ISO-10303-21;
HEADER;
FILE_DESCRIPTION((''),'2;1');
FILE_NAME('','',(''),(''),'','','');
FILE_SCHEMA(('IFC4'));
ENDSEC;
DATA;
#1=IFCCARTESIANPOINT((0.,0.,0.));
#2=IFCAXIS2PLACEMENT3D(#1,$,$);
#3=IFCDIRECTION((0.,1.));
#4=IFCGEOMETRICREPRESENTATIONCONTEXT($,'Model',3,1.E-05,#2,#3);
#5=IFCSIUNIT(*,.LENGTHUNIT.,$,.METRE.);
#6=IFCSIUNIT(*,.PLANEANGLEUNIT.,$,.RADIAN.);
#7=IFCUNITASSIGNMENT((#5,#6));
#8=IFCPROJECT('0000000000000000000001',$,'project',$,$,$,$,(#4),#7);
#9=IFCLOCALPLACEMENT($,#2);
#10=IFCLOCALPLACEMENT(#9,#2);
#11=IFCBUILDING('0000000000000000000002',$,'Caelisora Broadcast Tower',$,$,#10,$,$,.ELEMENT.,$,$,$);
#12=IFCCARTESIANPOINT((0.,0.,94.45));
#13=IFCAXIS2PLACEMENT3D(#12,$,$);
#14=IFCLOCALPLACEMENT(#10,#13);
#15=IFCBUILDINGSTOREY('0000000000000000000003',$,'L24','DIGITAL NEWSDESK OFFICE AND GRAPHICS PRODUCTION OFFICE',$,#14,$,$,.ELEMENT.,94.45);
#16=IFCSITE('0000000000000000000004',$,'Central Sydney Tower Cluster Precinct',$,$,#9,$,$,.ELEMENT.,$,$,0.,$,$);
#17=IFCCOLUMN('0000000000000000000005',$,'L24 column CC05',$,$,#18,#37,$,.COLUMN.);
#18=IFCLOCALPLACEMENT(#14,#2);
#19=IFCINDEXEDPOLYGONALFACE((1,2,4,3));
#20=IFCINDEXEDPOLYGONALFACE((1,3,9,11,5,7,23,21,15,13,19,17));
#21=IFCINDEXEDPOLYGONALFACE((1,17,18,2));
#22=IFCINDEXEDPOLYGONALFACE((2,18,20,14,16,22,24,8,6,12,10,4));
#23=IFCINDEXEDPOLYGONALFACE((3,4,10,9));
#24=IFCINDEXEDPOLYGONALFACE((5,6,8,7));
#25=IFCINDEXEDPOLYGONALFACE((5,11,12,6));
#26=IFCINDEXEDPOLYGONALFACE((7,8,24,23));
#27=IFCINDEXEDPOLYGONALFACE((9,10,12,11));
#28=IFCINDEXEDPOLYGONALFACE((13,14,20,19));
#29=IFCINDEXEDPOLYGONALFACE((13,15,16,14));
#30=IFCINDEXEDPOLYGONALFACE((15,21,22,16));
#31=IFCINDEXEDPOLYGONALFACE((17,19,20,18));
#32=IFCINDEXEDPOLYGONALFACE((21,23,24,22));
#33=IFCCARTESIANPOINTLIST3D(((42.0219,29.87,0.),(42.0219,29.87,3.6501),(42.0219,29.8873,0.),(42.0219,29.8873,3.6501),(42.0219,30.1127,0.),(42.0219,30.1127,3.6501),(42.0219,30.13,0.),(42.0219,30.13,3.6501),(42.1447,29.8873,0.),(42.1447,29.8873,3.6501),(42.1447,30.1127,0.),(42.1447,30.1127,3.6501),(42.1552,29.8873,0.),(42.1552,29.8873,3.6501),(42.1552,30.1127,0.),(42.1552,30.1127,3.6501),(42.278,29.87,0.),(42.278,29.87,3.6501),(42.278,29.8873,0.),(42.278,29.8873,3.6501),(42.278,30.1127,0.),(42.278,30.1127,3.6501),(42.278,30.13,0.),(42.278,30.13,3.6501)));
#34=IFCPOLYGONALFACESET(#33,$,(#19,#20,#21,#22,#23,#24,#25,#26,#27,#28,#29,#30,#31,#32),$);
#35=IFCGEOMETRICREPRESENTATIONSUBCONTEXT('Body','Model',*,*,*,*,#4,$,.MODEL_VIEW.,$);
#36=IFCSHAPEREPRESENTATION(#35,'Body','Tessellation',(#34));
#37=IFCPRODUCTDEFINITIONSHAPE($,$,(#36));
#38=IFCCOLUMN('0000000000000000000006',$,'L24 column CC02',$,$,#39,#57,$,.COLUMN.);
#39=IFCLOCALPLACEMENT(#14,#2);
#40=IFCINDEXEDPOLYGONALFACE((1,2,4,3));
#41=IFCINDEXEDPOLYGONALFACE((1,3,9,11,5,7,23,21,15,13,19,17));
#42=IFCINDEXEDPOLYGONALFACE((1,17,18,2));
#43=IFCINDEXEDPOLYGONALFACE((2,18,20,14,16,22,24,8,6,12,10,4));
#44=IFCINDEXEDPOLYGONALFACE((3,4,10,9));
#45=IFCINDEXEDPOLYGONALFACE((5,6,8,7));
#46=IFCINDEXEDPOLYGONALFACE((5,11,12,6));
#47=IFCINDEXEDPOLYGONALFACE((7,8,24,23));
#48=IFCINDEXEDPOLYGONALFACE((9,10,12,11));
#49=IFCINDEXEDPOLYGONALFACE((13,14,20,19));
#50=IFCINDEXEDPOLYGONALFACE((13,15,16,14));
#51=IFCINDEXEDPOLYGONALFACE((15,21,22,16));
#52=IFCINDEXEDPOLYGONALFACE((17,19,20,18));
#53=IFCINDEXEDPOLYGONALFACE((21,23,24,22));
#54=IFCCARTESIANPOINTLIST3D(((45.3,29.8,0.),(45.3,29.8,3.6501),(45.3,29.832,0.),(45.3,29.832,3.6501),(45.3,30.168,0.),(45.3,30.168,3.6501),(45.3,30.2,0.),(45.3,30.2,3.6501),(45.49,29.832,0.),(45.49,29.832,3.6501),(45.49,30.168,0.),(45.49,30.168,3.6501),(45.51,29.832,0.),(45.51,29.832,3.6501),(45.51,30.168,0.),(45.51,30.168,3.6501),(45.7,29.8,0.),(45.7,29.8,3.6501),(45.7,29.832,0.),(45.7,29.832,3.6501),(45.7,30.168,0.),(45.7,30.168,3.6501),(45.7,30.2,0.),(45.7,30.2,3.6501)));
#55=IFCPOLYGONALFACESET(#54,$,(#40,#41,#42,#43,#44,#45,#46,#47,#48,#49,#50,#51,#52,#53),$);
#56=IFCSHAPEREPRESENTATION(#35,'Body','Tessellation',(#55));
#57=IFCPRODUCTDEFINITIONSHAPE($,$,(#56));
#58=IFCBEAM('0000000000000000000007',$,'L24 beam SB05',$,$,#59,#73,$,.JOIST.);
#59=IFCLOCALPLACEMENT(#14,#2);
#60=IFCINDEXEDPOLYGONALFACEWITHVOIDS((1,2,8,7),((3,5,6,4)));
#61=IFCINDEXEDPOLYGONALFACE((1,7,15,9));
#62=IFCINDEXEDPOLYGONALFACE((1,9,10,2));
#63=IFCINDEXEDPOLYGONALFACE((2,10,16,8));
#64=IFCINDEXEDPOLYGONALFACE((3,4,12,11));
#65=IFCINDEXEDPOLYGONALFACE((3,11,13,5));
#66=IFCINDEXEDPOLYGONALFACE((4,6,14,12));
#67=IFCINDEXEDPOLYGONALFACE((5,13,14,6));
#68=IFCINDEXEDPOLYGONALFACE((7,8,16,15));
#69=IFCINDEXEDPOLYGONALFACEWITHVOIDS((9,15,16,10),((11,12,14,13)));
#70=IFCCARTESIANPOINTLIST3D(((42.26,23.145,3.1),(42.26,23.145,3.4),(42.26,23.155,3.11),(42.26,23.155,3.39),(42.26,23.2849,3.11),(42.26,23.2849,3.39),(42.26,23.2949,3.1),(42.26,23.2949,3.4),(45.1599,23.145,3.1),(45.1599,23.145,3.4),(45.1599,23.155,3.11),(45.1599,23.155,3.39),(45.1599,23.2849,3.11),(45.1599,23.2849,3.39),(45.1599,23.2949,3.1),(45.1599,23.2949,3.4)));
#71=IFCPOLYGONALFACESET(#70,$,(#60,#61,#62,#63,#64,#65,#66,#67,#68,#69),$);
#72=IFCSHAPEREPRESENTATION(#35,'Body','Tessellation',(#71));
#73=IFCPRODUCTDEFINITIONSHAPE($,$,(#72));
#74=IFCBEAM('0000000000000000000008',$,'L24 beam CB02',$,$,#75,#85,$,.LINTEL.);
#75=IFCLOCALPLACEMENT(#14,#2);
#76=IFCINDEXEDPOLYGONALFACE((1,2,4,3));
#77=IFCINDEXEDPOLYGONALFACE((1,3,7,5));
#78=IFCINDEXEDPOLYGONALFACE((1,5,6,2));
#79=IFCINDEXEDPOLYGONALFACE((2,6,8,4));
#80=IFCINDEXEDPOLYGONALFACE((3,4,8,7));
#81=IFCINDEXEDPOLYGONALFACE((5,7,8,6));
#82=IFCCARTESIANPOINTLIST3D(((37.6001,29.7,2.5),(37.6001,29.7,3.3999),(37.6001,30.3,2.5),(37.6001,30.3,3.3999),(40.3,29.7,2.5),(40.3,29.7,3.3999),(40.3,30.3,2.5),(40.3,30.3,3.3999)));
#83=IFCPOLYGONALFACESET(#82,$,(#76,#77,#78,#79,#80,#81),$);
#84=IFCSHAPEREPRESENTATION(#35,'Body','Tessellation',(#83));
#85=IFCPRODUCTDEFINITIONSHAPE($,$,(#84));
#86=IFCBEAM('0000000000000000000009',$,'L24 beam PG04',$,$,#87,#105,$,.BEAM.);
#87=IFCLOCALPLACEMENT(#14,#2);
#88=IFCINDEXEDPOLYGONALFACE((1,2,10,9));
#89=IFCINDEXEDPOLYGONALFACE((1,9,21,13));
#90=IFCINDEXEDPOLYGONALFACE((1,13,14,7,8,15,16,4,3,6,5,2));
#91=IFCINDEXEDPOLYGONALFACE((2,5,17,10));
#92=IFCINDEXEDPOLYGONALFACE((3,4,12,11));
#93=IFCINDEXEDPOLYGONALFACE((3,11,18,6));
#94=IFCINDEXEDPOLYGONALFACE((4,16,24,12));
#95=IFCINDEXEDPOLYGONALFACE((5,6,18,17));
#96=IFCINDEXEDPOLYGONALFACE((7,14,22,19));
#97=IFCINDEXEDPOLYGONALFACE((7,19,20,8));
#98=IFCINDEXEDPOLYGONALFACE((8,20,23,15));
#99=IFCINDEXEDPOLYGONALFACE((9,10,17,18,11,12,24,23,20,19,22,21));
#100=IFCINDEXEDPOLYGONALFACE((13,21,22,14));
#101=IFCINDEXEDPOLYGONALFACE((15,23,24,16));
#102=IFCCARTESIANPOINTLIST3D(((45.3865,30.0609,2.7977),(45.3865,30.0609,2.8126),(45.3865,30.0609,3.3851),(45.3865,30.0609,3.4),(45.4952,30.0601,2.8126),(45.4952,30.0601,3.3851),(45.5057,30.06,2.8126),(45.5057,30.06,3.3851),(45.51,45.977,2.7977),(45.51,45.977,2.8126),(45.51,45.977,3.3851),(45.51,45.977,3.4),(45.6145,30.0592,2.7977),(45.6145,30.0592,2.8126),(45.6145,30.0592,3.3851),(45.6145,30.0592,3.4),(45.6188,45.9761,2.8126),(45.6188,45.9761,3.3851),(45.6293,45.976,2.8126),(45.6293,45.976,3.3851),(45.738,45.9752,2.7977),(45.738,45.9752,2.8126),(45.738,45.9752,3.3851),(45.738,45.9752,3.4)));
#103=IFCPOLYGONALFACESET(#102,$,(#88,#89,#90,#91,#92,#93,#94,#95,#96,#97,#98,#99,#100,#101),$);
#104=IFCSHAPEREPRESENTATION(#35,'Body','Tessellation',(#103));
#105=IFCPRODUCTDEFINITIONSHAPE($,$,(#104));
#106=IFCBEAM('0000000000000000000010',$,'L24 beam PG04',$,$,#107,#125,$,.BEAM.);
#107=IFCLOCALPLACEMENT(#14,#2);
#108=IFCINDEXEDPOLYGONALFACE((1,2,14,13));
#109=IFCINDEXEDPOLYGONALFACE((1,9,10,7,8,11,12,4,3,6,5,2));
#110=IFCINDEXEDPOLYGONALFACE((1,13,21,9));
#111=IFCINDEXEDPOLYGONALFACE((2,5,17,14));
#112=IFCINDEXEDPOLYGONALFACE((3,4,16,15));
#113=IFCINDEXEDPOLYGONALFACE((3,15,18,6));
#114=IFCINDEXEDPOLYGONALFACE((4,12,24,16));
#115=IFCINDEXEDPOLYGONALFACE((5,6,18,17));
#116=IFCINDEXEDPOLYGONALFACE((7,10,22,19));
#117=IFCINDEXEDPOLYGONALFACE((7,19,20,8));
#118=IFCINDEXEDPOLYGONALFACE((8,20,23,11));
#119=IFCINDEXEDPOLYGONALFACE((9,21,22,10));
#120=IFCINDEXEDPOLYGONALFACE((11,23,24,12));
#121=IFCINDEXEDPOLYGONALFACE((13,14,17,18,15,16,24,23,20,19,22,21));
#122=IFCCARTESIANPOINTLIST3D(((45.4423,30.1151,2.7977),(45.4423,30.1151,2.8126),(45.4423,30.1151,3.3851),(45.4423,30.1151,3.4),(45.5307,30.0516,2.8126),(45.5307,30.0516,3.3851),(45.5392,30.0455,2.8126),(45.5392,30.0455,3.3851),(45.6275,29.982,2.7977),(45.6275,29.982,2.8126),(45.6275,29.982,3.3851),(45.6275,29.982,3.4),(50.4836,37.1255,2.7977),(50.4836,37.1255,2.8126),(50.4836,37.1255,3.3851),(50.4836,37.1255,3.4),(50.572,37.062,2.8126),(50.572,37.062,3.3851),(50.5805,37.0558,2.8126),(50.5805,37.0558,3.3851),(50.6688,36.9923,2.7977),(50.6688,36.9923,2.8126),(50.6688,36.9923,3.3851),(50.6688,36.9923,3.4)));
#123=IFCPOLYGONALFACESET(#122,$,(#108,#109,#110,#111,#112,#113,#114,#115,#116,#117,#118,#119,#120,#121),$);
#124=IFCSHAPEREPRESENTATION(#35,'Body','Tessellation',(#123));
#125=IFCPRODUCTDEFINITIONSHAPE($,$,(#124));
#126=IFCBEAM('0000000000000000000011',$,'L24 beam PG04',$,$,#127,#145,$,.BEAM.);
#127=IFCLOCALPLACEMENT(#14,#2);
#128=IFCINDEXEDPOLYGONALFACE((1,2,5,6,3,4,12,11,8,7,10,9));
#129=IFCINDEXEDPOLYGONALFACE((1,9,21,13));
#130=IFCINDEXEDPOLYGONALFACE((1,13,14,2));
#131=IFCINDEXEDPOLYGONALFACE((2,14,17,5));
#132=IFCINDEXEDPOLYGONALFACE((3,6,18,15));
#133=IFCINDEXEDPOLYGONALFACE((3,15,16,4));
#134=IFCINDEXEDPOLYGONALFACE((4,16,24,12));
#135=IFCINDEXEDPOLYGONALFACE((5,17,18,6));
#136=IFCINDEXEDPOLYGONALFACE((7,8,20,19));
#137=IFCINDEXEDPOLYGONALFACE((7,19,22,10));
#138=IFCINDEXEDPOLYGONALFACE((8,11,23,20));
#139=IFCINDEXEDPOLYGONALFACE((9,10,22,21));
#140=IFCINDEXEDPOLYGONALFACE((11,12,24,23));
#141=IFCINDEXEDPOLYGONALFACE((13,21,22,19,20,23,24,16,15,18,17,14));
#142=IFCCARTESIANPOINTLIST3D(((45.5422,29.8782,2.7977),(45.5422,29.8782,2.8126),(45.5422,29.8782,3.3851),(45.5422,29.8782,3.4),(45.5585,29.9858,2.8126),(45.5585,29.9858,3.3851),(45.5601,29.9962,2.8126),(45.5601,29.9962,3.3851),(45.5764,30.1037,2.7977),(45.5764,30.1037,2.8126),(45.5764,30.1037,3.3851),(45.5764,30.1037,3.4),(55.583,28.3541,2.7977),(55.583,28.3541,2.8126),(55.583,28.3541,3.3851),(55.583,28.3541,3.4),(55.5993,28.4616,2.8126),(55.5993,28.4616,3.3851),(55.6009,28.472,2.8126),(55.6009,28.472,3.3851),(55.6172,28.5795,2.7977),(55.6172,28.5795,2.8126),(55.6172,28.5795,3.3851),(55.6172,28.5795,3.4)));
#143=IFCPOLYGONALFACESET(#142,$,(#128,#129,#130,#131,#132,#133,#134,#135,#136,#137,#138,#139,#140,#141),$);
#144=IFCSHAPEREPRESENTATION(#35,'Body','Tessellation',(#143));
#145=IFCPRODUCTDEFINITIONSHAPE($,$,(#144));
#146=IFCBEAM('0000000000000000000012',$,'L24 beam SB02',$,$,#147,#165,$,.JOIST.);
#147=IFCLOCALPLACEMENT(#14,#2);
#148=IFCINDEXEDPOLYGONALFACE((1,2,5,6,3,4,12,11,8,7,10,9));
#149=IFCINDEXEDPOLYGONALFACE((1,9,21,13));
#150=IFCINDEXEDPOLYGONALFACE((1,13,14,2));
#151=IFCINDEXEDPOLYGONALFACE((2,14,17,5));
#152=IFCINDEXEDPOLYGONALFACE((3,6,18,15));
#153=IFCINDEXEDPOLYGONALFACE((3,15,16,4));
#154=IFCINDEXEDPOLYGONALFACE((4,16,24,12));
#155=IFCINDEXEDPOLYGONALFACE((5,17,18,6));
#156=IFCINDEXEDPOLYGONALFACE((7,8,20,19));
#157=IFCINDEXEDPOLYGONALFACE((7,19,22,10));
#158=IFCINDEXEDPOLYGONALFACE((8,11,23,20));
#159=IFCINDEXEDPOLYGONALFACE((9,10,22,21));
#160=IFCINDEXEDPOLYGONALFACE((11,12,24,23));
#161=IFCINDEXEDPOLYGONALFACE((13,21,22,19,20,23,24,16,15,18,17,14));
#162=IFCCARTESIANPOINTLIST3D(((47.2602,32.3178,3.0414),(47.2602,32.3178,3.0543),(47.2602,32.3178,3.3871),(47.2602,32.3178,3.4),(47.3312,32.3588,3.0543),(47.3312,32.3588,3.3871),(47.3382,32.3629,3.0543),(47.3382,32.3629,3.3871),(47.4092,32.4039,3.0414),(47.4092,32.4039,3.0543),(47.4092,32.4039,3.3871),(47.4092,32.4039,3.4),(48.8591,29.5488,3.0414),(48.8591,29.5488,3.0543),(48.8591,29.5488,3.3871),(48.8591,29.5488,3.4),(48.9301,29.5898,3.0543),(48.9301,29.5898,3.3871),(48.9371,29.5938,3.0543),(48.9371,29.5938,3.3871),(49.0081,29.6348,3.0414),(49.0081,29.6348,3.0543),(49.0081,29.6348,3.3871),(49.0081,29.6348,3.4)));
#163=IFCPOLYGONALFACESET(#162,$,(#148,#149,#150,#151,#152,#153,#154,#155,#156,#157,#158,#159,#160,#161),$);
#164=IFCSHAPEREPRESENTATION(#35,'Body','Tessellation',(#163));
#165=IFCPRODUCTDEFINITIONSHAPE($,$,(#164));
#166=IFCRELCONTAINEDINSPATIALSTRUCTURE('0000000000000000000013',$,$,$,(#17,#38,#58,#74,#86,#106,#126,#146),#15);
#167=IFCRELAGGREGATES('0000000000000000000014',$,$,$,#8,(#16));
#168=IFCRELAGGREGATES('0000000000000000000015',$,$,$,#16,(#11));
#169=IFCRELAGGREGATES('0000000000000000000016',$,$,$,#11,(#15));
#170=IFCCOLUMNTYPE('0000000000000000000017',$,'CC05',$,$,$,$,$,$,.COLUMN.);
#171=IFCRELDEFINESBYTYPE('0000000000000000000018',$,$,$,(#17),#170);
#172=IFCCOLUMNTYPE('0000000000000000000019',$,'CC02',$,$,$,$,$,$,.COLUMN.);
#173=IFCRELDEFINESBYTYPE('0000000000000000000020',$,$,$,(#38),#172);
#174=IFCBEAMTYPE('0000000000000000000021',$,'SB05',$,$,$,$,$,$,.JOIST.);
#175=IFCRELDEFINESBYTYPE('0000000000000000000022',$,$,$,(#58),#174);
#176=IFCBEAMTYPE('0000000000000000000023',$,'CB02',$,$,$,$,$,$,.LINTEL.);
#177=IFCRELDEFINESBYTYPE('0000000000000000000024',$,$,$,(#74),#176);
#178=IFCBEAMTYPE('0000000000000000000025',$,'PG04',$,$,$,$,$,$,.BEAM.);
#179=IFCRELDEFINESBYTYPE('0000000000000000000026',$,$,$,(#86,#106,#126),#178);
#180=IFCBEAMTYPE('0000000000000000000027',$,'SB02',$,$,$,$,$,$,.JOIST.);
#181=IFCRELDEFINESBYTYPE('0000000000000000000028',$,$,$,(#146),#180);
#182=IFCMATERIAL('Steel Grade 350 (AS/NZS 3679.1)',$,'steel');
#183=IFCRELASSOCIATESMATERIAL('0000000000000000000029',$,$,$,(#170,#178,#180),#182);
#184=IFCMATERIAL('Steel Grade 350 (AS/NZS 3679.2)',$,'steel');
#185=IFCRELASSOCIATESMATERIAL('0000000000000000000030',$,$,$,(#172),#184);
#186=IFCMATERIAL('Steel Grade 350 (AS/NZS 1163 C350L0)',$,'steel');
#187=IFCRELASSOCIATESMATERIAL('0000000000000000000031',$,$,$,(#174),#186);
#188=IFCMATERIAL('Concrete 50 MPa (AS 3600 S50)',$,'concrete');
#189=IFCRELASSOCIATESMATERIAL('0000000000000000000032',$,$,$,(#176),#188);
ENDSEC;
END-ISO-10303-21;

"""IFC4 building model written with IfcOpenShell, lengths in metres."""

from ifc_helpers import new_model, si_unit, direction, frame, origin, origin_2d, place, context, subcontext, project, spatial, rectangle, hollow_rectangle, i_section, extrude, source, transform, mapped, material, material_profile, profile_set, type_object, type_shapes, element, save


model = new_model("IFC4")

# Units and contexts
model_context = context("Model", 3, precision=1e-05, world=origin(), true_north=direction((0.0, 1.0)))
body_context = subcontext(model_context, "Body", "Model", "MODEL_VIEW")
ifc_project = project(units=[si_unit("LENGTHUNIT", "METRE"), si_unit("PLANEANGLEUNIT", "RADIAN")], contexts=[model_context])

# Site, building, storey
site_placement = place(None, origin())
site = spatial("IfcSite", under=ifc_project, at=site_placement, Name="Central Sydney Tower Cluster Precinct", CompositionType="ELEMENT", RefElevation=0.0)
building_placement = place(site_placement, origin())
building = spatial("IfcBuilding", under=site, at=building_placement, Name="Caelisora Broadcast Tower", CompositionType="ELEMENT")
storey_placement = place(building_placement, frame((0.0, 0.0, 94.45)))
storey = spatial("IfcBuildingStorey", under=building, at=storey_placement, Name="L24", Description="DIGITAL NEWSDESK OFFICE AND GRAPHICS PRODUCTION OFFICE", CompositionType="ELEMENT", Elevation=94.45)

# Columns
ifc_material_1 = material(Name="Steel Grade 350 (AS/NZS 3679.1)", Category="steel")
ifc_material_profile_1 = material_profile(ifc_material_1, i_section(OverallWidth=0.2561, OverallDepth=0.26, WebThickness=0.0105, FlangeThickness=0.0173, at=origin_2d()), Name="Steel Grade 350 (AS/NZS 3679.1)")
ifc_profile_set_1 = profile_set([ifc_material_profile_1], Name="Steel Grade 350 (AS/NZS 3679.1)")
column_type_1 = type_object("IfcColumnType", Name="CC05", PredefinedType="COLUMN", material=ifc_profile_set_1)
shared_shape_1 = source(origin(), body_context, "Body", "SweptSolid", [
    extrude(i_section(OverallWidth=0.2561, OverallDepth=0.26, WebThickness=0.0105, FlangeThickness=0.0173, at=origin_2d()), origin(), (0.0, 0.0, 1.0), 3.6501),
])
type_shapes(column_type_1, [shared_shape_1])
column_1_placement = place(storey_placement, frame((42.1499, 30.0, 0.0), z_axis=(0.0, 0.0, 1.0), x_axis=(1.0, 0.0, 0.0)))
element("IfcColumn", 1, at=column_1_placement, inside=storey, type_object=column_type_1, Name="L24 column CC05", PredefinedType="COLUMN", context=body_context, shape_type="MappedRepresentation", body=[
    mapped(shared_shape_1, transform((0.0, 0.0, 0.0), scale=1.0)),
])
ifc_material_2 = material(Name="Steel Grade 350 (AS/NZS 3679.2)", Category="steel")
ifc_material_profile_2 = material_profile(ifc_material_2, i_section(OverallWidth=0.3999, OverallDepth=0.3999, WebThickness=0.02, FlangeThickness=0.032, at=origin_2d()), Name="Steel Grade 350 (AS/NZS 3679.2)")
ifc_profile_set_2 = profile_set([ifc_material_profile_2], Name="Steel Grade 350 (AS/NZS 3679.2)")
column_type_2 = type_object("IfcColumnType", Name="CC02", PredefinedType="COLUMN", material=ifc_profile_set_2)
shared_shape_2 = source(origin(), body_context, "Body", "SweptSolid", [
    extrude(i_section(OverallWidth=0.3999, OverallDepth=0.3999, WebThickness=0.02, FlangeThickness=0.032, at=origin_2d()), origin(), (0.0, 0.0, 1.0), 3.6501),
])
type_shapes(column_type_2, [shared_shape_2])
column_2_placement = place(storey_placement, frame((45.5, 30.0, 0.0), z_axis=(0.0, 0.0, 1.0), x_axis=(1.0, 0.0, 0.0)))
element("IfcColumn", 2, at=column_2_placement, inside=storey, type_object=column_type_2, Name="L24 column CC02", PredefinedType="COLUMN", context=body_context, shape_type="MappedRepresentation", body=[
    mapped(shared_shape_2, transform((0.0, 0.0, 0.0), scale=1.0)),
])

# Beams
ifc_material_3 = material(Name="Steel Grade 350 (AS/NZS 1163 C350L0)", Category="steel")
ifc_material_profile_3 = material_profile(ifc_material_3, hollow_rectangle(XDim=0.1499, YDim=0.3, WallThickness=0.01, at=origin_2d()), Name="Steel Grade 350 (AS/NZS 1163 C350L0)")
ifc_profile_set_3 = profile_set([ifc_material_profile_3], Name="Steel Grade 350 (AS/NZS 1163 C350L0)")
beam_type_1 = type_object("IfcBeamType", Name="SB05", PredefinedType="JOIST", material=ifc_profile_set_3)
shared_shape_3 = source(origin(), body_context, "Body", "SweptSolid", [
    extrude(hollow_rectangle(XDim=0.1499, YDim=0.3, WallThickness=0.01, at=origin_2d()), origin(), (0.0, 0.0, 1.0), 2.8999),
])
type_shapes(beam_type_1, [shared_shape_3])
beam_1_placement = place(storey_placement, frame((42.26, 23.22, 3.25), z_axis=(1.0, 0.0, 0.0), x_axis=(0.0, 1.0, 0.0)))
element("IfcBeam", 3, at=beam_1_placement, inside=storey, type_object=beam_type_1, Name="L24 beam SB05", PredefinedType="JOIST", context=body_context, shape_type="MappedRepresentation", body=[
    mapped(shared_shape_3, transform((0.0, 0.0, 0.0), scale=1.0)),
])
ifc_material_4 = material(Name="Concrete 50 MPa (AS 3600 S50)", Category="concrete")
ifc_material_profile_4 = material_profile(ifc_material_4, rectangle(XDim=0.6001, YDim=0.8999, at=origin_2d()), Name="Concrete 50 MPa (AS 3600 S50)")
ifc_profile_set_4 = profile_set([ifc_material_profile_4], Name="Concrete 50 MPa (AS 3600 S50)")
beam_type_2 = type_object("IfcBeamType", Name="CB02", PredefinedType="LINTEL", material=ifc_profile_set_4)
shared_shape_4 = source(origin(), body_context, "Body", "SweptSolid", [
    extrude(rectangle(XDim=0.6001, YDim=0.8999, at=origin_2d()), origin(), (0.0, 0.0, 1.0), 2.7),
])
type_shapes(beam_type_2, [shared_shape_4])
beam_2_placement = place(storey_placement, frame((37.6001, 30.0, 2.95), z_axis=(1.0, 0.0, 0.0), x_axis=(0.0, 1.0, 0.0)))
element("IfcBeam", 4, at=beam_2_placement, inside=storey, type_object=beam_type_2, Name="L24 beam CB02", PredefinedType="LINTEL", context=body_context, shape_type="MappedRepresentation", body=[
    mapped(shared_shape_4, transform((0.0, 0.0, 0.0), scale=1.0)),
])
ifc_material_profile_5 = material_profile(ifc_material_1, i_section(OverallWidth=0.228, OverallDepth=0.6023, WebThickness=0.0105, FlangeThickness=0.0149, at=origin_2d()), Name="Steel Grade 350 (AS/NZS 3679.1)")
ifc_profile_set_5 = profile_set([ifc_material_profile_5], Name="Steel Grade 350 (AS/NZS 3679.1)")
beam_type_3 = type_object("IfcBeamType", Name="PG04", PredefinedType="BEAM", material=ifc_profile_set_5)
shared_shape_5 = source(origin(), body_context, "Body", "SweptSolid", [
    extrude(i_section(OverallWidth=0.228, OverallDepth=0.6023, WebThickness=0.0105, FlangeThickness=0.0149, at=origin_2d()), origin(), (0.0, 0.0, 1.0), 15.9165),
])
beam_3_placement = place(storey_placement, frame((45.5005, 30.0601, 3.0989), z_axis=(0.007761, 0.99997, 0.0), x_axis=(-0.99997, 0.007761, 0.0)))
element("IfcBeam", 5, at=beam_3_placement, inside=storey, type_object=beam_type_3, Name="L24 beam PG04", PredefinedType="BEAM", context=body_context, shape_type="MappedRepresentation", body=[
    mapped(shared_shape_5, transform((0.0, 0.0, 0.0), scale=1.0)),
])
shared_shape_6 = source(origin(), body_context, "Body", "SweptSolid", [
    extrude(i_section(OverallWidth=0.228, OverallDepth=0.6023, WebThickness=0.0105, FlangeThickness=0.0149, at=origin_2d()), origin(), (0.0, 0.0, 1.0), 8.6348),
])
beam_4_placement = place(storey_placement, frame((45.5349, 30.0486, 3.0989), z_axis=(0.583838, 0.81187, 0.0), x_axis=(-0.81187, 0.583838, 0.0)))
element("IfcBeam", 6, at=beam_4_placement, inside=storey, type_object=beam_type_3, Name="L24 beam PG04", PredefinedType="BEAM", context=body_context, shape_type="MappedRepresentation", body=[
    mapped(shared_shape_6, transform((0.0, 0.0, 0.0), scale=1.0)),
])
shared_shape_7 = source(origin(), body_context, "Body", "SweptSolid", [
    extrude(i_section(OverallWidth=0.228, OverallDepth=0.6023, WebThickness=0.0105, FlangeThickness=0.0149, at=origin_2d()), origin(), (0.0, 0.0, 1.0), 10.1558),
])
type_shapes(beam_type_3, [shared_shape_5, shared_shape_6, shared_shape_7])
beam_5_placement = place(storey_placement, frame((45.5593, 29.991, 3.0989), z_axis=(0.988674, -0.150079, 0.0), x_axis=(0.150079, 0.988674, 0.0)))
element("IfcBeam", 7, at=beam_5_placement, inside=storey, type_object=beam_type_3, Name="L24 beam PG04", PredefinedType="BEAM", context=body_context, shape_type="MappedRepresentation", body=[
    mapped(shared_shape_7, transform((0.0, 0.0, 0.0), scale=1.0)),
])
ifc_material_profile_6 = material_profile(ifc_material_1, i_section(OverallWidth=0.1721, OverallDepth=0.3586, WebThickness=0.0081, FlangeThickness=0.0129, at=origin_2d()), Name="Steel Grade 350 (AS/NZS 3679.1)")
ifc_profile_set_6 = profile_set([ifc_material_profile_6], Name="Steel Grade 350 (AS/NZS 3679.1)")
beam_type_4 = type_object("IfcBeamType", Name="SB02", PredefinedType="JOIST", material=ifc_profile_set_6)
shared_shape_8 = source(origin(), body_context, "Body", "SweptSolid", [
    extrude(i_section(OverallWidth=0.1721, OverallDepth=0.3586, WebThickness=0.0081, FlangeThickness=0.0129, at=origin_2d()), origin(), (0.0, 0.0, 1.0), 3.1975),
])
type_shapes(beam_type_4, [shared_shape_8])
beam_6_placement = place(storey_placement, frame((48.9336, 29.5918, 3.2207), z_axis=(-0.50004, 0.866002, 0.0), x_axis=(-0.866002, -0.50004, 0.0)))
element("IfcBeam", 8, at=beam_6_placement, inside=storey, type_object=beam_type_4, Name="L24 beam SB02", PredefinedType="JOIST", context=body_context, shape_type="MappedRepresentation", body=[
    mapped(shared_shape_8, transform((0.0, 0.0, 0.0), scale=1.0)),
])

save(model, "model.ifc")
